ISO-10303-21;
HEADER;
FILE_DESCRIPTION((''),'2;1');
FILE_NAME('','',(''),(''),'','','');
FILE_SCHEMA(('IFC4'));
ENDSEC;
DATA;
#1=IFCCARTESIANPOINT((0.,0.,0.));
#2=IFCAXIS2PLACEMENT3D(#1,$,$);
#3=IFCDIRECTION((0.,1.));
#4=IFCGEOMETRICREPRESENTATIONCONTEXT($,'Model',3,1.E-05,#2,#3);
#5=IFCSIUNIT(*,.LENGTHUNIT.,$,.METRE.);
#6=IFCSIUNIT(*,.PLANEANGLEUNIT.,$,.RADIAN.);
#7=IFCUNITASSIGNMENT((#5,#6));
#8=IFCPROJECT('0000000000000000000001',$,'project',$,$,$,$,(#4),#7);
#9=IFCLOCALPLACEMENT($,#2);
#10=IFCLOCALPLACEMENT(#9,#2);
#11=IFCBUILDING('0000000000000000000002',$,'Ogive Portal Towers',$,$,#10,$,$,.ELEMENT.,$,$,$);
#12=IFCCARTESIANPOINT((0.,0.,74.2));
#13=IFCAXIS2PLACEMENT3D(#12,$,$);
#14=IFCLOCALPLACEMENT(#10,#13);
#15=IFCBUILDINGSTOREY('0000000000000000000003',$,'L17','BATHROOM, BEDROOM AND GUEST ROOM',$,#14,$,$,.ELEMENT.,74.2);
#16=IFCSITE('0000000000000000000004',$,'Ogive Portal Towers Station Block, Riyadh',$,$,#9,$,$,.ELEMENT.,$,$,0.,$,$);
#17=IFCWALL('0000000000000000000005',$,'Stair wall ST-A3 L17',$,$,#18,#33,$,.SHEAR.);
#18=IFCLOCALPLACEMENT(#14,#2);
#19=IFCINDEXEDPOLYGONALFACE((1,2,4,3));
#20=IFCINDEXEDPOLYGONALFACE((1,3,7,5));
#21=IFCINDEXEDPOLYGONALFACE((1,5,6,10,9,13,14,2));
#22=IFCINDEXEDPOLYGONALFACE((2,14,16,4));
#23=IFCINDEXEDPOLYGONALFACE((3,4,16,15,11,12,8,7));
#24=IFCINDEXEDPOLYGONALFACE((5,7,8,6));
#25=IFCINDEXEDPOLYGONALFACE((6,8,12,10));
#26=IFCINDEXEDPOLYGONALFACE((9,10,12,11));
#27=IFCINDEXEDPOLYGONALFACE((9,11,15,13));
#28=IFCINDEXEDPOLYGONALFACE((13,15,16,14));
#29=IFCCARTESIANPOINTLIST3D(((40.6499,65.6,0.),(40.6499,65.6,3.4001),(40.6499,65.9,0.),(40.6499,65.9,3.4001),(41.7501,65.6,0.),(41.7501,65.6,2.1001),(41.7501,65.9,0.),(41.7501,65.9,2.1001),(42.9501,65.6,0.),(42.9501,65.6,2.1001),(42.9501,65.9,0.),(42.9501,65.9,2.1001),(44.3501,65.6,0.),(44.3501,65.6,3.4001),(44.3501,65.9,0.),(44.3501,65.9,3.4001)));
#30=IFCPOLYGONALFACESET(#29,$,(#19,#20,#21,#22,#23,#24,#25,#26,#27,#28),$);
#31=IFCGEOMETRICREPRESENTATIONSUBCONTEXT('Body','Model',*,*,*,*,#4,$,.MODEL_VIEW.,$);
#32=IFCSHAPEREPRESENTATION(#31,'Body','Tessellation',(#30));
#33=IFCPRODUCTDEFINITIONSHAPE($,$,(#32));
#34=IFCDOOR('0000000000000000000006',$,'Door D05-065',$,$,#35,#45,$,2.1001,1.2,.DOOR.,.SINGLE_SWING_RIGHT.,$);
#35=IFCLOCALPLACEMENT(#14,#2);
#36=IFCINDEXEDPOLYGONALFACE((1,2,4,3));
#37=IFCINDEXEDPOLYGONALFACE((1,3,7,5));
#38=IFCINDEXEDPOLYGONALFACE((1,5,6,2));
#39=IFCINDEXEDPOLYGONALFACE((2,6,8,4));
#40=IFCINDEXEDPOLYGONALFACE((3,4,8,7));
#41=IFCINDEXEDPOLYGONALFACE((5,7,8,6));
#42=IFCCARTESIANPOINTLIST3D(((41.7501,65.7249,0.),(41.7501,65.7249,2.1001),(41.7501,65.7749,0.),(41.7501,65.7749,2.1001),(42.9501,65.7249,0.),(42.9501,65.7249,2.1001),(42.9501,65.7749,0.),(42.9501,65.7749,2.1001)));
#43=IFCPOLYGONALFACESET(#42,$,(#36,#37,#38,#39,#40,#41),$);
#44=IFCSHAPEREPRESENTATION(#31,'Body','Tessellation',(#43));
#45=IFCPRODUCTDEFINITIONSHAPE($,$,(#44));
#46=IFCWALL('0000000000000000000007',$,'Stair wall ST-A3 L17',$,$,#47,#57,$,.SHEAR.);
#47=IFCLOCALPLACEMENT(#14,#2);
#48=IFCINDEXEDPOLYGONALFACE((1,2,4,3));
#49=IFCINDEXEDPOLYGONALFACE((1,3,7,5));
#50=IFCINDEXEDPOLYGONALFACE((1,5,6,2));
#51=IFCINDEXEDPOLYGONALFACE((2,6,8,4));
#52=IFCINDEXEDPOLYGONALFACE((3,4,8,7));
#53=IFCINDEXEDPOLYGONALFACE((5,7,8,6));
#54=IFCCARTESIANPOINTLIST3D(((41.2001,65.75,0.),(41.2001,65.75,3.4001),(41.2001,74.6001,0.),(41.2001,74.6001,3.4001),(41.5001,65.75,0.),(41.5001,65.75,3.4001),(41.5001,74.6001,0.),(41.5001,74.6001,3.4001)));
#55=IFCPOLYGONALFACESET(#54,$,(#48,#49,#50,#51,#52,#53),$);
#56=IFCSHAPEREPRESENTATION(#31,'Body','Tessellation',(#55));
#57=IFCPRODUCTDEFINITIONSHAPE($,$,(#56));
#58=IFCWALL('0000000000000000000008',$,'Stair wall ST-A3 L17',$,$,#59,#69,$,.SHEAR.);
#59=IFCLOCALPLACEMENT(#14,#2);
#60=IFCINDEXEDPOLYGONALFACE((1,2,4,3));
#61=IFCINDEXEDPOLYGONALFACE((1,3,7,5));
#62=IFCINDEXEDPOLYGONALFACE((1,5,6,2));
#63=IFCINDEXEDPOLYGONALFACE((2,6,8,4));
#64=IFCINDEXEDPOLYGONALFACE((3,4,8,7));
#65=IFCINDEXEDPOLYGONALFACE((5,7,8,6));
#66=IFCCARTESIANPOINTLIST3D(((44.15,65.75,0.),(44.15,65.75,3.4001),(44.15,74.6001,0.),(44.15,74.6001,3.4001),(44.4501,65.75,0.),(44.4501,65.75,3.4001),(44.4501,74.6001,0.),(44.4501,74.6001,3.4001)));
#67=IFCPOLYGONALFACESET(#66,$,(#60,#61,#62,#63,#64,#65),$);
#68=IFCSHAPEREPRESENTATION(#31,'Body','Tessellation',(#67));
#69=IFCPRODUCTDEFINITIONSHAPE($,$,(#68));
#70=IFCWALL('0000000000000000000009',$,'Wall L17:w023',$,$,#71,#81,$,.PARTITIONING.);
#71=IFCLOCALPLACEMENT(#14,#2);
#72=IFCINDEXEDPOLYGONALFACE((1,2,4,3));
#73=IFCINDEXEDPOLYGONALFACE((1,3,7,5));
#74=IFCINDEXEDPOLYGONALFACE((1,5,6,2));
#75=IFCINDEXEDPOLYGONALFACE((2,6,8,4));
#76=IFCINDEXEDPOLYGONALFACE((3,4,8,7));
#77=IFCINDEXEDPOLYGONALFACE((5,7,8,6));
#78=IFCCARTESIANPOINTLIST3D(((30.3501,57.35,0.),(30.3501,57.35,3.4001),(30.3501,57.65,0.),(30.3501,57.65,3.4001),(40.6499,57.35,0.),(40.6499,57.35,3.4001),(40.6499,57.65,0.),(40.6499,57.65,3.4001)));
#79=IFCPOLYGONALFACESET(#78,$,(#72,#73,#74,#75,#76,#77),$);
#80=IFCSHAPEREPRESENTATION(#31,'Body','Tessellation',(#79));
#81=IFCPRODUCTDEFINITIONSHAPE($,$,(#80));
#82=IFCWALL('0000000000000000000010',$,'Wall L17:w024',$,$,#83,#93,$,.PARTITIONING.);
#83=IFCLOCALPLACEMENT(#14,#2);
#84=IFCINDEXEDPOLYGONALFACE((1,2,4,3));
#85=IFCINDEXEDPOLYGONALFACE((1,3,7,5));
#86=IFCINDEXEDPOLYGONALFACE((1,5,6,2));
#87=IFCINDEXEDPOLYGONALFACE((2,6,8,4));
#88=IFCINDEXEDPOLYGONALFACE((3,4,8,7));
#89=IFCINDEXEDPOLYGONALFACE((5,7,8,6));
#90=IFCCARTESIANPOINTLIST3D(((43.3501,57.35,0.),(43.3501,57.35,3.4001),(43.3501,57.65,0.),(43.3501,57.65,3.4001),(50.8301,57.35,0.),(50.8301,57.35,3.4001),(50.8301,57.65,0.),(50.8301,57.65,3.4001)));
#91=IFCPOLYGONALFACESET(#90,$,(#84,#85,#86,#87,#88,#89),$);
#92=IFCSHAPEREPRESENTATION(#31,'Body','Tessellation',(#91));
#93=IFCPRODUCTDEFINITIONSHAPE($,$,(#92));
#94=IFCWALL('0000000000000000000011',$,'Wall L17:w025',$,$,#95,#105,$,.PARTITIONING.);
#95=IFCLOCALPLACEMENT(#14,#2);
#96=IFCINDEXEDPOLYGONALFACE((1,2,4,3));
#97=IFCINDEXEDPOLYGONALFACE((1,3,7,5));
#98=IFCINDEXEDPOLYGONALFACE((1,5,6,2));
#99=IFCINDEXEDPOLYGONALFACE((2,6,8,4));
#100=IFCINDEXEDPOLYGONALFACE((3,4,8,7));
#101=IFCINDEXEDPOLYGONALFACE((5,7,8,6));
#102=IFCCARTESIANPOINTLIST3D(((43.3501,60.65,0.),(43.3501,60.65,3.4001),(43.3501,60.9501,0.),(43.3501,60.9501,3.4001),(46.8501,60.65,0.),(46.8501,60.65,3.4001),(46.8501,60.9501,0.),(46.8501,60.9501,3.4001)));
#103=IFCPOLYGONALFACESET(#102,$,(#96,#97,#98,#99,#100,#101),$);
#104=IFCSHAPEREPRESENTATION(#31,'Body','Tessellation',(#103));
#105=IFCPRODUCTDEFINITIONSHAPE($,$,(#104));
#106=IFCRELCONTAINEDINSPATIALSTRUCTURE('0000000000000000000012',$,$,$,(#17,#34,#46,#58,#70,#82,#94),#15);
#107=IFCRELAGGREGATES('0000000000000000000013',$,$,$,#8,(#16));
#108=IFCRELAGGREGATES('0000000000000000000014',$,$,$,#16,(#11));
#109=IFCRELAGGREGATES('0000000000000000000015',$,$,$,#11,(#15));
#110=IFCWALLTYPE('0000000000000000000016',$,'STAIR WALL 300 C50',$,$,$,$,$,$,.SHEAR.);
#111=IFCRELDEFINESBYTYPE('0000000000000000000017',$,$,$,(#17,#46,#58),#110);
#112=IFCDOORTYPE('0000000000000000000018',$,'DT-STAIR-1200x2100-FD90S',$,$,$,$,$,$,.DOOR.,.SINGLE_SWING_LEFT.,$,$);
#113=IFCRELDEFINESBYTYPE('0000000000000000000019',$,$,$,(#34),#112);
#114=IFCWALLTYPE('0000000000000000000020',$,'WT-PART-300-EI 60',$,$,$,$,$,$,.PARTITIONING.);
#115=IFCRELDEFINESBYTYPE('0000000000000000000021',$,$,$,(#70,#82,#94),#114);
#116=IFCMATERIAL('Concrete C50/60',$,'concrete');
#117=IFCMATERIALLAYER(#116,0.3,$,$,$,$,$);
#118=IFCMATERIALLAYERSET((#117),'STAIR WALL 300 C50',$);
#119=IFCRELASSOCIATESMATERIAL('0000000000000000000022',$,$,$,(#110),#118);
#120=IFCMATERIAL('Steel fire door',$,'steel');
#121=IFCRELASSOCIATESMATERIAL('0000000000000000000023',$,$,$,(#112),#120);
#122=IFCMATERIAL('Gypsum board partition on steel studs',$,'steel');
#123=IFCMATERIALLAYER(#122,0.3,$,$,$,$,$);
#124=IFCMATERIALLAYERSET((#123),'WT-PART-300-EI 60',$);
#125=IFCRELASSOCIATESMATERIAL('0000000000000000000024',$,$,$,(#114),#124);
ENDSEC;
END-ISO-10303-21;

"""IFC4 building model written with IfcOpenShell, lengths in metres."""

from ifc_helpers import new_model, si_unit, direction, frame, frame_2d, origin, place, context, subcontext, project, spatial, rectangle, extrude, material, layer, layer_set, type_object, element, fill, save


model = new_model("IFC4")

# Units and contexts
model_context = context("Model", 3, precision=1e-05, world=origin(), true_north=direction((0.0, 1.0)))
body_context = subcontext(model_context, "Body", "Model", "MODEL_VIEW")
ifc_project = project(units=[si_unit("LENGTHUNIT", "METRE"), si_unit("PLANEANGLEUNIT", "RADIAN")], contexts=[model_context])

# Site, building, storey
site_placement = place(None, origin())
site = spatial("IfcSite", under=ifc_project, at=site_placement, Name="Ogive Portal Towers Station Block, Riyadh", CompositionType="ELEMENT", RefElevation=0.0)
building_placement = place(site_placement, origin())
building = spatial("IfcBuilding", under=site, at=building_placement, Name="Ogive Portal Towers", CompositionType="ELEMENT")
storey_placement = place(building_placement, frame((0.0, 0.0, 74.2)))
storey = spatial("IfcBuildingStorey", under=building, at=storey_placement, Name="L17", Description="BATHROOM, BEDROOM AND GUEST ROOM", CompositionType="ELEMENT", Elevation=74.2)

# Wall, opening, door
ifc_material_1 = material(Name="Concrete C50/60", Category="concrete")
ifc_layer_1 = layer(ifc_material_1, 0.3)
ifc_layer_set_1 = layer_set([ifc_layer_1], Name="STAIR WALL 300 C50")
wall_type_1 = type_object("IfcWallType", Name="STAIR WALL 300 C50", PredefinedType="SHEAR", material=ifc_layer_set_1)
wall_1_placement = place(storey_placement, frame((40.6499, 65.75, 0.0), z_axis=(0.0, 0.0, 1.0), x_axis=(1.0, 0.0, 0.0)))
wall_1 = element("IfcWall", 1, at=wall_1_placement, inside=storey, type_object=wall_type_1, Name="Stair wall ST-A3 L17", PredefinedType="SHEAR", context=body_context, shape_type="SweptSolid", body=[
    extrude(rectangle(XDim=3.7002, YDim=0.3, at=frame_2d((1.8501, 0.0))), origin(), (0.0, 0.0, 1.0), 3.4001),
])
opening_1_placement = place(wall_1_placement, frame((1.1001, 0.0, 0.0)))
opening_1 = element("IfcOpeningElement", 2, at=opening_1_placement, cuts=wall_1, PredefinedType="OPENING", context=body_context, shape_type="SweptSolid", body=[
    extrude(rectangle(XDim=1.2, YDim=2.1001, at=frame_2d((0.6001, 1.05))), frame((0.0, 0.1602, 0.0), z_axis=(0.0, -1.0, 0.0), x_axis=(1.0, 0.0, 0.0)), (0.0, 0.0, 1.0), 0.3201),
])
ifc_material_2 = material(Name="Steel fire door", Category="steel")
door_type = type_object("IfcDoorType", Name="DT-STAIR-1200x2100-FD90S", OperationType="SINGLE_SWING_LEFT", PredefinedType="DOOR", material=ifc_material_2)
door_placement = place(opening_1_placement, origin())
door = element("IfcDoor", 3, at=door_placement, inside=storey, type_object=door_type, Name="Door D05-065", OperationType="SINGLE_SWING_RIGHT", OverallHeight=2.1001, OverallWidth=1.2, PredefinedType="DOOR", context=body_context, shape_type="SweptSolid", body=[
    extrude(rectangle(XDim=1.2, YDim=2.1001, at=frame_2d((0.6001, 1.05))), frame((0.0, 0.0249, 0.0), z_axis=(0.0, -1.0, 0.0), x_axis=(1.0, 0.0, 0.0)), (0.0, 0.0, 1.0), 0.05),
])
fill(opening_1, door)

# Walls
for number, where, z_axis, x_axis, name in (
    (4, (41.3501, 65.75, 0.0), (0.0, 0.0, 1.0), (0.0, 1.0, 0.0), "Stair wall ST-A3 L17"),
    (5, (44.3, 65.75, 0.0), (0.0, 0.0, 1.0), (0.0, 1.0, 0.0), "Stair wall ST-A3 L17"),
):
    element("IfcWall", number, at=place(storey_placement, frame(where, z_axis=z_axis, x_axis=x_axis)), inside=storey, type_object=wall_type_1, Name=name, PredefinedType="SHEAR", context=body_context, shape_type="SweptSolid", body=[
        extrude(rectangle(XDim=8.8501, YDim=0.3, at=frame_2d((4.425, 0.0))), origin(), (0.0, 0.0, 1.0), 3.4001),
    ])
ifc_material_3 = material(Name="Gypsum board partition on steel studs", Category="steel")
ifc_layer_2 = layer(ifc_material_3, 0.3)
ifc_layer_set_2 = layer_set([ifc_layer_2], Name="WT-PART-300-EI 60")
wall_type_2 = type_object("IfcWallType", Name="WT-PART-300-EI 60", PredefinedType="PARTITIONING", material=ifc_layer_set_2)
wall_2_placement = place(storey_placement, frame((30.3501, 57.5, 0.0), z_axis=(0.0, 0.0, 1.0), x_axis=(1.0, 0.0, 0.0)))
element("IfcWall", 6, at=wall_2_placement, inside=storey, type_object=wall_type_2, Name="Wall L17:w023", PredefinedType="PARTITIONING", context=body_context, shape_type="SweptSolid", body=[
    extrude(rectangle(XDim=10.2998, YDim=0.3, at=frame_2d((5.1499, 0.0))), origin(), (0.0, 0.0, 1.0), 3.4001),
])
wall_3_placement = place(storey_placement, frame((43.3501, 57.5, 0.0), z_axis=(0.0, 0.0, 1.0), x_axis=(1.0, 0.0, 0.0)))
element("IfcWall", 7, at=wall_3_placement, inside=storey, type_object=wall_type_2, Name="Wall L17:w024", PredefinedType="PARTITIONING", context=body_context, shape_type="SweptSolid", body=[
    extrude(rectangle(XDim=7.48, YDim=0.3, at=frame_2d((3.74, 0.0))), origin(), (0.0, 0.0, 1.0), 3.4001),
])
wall_4_placement = place(storey_placement, frame((43.3501, 60.8, 0.0), z_axis=(0.0, 0.0, 1.0), x_axis=(1.0, 0.0, 0.0)))
element("IfcWall", 8, at=wall_4_placement, inside=storey, type_object=wall_type_2, Name="Wall L17:w025", PredefinedType="PARTITIONING", context=body_context, shape_type="SweptSolid", body=[
    extrude(rectangle(XDim=3.5, YDim=0.3, at=frame_2d((1.75, 0.0))), origin(), (0.0, 0.0, 1.0), 3.4001),
])

save(model, "model.ifc")
